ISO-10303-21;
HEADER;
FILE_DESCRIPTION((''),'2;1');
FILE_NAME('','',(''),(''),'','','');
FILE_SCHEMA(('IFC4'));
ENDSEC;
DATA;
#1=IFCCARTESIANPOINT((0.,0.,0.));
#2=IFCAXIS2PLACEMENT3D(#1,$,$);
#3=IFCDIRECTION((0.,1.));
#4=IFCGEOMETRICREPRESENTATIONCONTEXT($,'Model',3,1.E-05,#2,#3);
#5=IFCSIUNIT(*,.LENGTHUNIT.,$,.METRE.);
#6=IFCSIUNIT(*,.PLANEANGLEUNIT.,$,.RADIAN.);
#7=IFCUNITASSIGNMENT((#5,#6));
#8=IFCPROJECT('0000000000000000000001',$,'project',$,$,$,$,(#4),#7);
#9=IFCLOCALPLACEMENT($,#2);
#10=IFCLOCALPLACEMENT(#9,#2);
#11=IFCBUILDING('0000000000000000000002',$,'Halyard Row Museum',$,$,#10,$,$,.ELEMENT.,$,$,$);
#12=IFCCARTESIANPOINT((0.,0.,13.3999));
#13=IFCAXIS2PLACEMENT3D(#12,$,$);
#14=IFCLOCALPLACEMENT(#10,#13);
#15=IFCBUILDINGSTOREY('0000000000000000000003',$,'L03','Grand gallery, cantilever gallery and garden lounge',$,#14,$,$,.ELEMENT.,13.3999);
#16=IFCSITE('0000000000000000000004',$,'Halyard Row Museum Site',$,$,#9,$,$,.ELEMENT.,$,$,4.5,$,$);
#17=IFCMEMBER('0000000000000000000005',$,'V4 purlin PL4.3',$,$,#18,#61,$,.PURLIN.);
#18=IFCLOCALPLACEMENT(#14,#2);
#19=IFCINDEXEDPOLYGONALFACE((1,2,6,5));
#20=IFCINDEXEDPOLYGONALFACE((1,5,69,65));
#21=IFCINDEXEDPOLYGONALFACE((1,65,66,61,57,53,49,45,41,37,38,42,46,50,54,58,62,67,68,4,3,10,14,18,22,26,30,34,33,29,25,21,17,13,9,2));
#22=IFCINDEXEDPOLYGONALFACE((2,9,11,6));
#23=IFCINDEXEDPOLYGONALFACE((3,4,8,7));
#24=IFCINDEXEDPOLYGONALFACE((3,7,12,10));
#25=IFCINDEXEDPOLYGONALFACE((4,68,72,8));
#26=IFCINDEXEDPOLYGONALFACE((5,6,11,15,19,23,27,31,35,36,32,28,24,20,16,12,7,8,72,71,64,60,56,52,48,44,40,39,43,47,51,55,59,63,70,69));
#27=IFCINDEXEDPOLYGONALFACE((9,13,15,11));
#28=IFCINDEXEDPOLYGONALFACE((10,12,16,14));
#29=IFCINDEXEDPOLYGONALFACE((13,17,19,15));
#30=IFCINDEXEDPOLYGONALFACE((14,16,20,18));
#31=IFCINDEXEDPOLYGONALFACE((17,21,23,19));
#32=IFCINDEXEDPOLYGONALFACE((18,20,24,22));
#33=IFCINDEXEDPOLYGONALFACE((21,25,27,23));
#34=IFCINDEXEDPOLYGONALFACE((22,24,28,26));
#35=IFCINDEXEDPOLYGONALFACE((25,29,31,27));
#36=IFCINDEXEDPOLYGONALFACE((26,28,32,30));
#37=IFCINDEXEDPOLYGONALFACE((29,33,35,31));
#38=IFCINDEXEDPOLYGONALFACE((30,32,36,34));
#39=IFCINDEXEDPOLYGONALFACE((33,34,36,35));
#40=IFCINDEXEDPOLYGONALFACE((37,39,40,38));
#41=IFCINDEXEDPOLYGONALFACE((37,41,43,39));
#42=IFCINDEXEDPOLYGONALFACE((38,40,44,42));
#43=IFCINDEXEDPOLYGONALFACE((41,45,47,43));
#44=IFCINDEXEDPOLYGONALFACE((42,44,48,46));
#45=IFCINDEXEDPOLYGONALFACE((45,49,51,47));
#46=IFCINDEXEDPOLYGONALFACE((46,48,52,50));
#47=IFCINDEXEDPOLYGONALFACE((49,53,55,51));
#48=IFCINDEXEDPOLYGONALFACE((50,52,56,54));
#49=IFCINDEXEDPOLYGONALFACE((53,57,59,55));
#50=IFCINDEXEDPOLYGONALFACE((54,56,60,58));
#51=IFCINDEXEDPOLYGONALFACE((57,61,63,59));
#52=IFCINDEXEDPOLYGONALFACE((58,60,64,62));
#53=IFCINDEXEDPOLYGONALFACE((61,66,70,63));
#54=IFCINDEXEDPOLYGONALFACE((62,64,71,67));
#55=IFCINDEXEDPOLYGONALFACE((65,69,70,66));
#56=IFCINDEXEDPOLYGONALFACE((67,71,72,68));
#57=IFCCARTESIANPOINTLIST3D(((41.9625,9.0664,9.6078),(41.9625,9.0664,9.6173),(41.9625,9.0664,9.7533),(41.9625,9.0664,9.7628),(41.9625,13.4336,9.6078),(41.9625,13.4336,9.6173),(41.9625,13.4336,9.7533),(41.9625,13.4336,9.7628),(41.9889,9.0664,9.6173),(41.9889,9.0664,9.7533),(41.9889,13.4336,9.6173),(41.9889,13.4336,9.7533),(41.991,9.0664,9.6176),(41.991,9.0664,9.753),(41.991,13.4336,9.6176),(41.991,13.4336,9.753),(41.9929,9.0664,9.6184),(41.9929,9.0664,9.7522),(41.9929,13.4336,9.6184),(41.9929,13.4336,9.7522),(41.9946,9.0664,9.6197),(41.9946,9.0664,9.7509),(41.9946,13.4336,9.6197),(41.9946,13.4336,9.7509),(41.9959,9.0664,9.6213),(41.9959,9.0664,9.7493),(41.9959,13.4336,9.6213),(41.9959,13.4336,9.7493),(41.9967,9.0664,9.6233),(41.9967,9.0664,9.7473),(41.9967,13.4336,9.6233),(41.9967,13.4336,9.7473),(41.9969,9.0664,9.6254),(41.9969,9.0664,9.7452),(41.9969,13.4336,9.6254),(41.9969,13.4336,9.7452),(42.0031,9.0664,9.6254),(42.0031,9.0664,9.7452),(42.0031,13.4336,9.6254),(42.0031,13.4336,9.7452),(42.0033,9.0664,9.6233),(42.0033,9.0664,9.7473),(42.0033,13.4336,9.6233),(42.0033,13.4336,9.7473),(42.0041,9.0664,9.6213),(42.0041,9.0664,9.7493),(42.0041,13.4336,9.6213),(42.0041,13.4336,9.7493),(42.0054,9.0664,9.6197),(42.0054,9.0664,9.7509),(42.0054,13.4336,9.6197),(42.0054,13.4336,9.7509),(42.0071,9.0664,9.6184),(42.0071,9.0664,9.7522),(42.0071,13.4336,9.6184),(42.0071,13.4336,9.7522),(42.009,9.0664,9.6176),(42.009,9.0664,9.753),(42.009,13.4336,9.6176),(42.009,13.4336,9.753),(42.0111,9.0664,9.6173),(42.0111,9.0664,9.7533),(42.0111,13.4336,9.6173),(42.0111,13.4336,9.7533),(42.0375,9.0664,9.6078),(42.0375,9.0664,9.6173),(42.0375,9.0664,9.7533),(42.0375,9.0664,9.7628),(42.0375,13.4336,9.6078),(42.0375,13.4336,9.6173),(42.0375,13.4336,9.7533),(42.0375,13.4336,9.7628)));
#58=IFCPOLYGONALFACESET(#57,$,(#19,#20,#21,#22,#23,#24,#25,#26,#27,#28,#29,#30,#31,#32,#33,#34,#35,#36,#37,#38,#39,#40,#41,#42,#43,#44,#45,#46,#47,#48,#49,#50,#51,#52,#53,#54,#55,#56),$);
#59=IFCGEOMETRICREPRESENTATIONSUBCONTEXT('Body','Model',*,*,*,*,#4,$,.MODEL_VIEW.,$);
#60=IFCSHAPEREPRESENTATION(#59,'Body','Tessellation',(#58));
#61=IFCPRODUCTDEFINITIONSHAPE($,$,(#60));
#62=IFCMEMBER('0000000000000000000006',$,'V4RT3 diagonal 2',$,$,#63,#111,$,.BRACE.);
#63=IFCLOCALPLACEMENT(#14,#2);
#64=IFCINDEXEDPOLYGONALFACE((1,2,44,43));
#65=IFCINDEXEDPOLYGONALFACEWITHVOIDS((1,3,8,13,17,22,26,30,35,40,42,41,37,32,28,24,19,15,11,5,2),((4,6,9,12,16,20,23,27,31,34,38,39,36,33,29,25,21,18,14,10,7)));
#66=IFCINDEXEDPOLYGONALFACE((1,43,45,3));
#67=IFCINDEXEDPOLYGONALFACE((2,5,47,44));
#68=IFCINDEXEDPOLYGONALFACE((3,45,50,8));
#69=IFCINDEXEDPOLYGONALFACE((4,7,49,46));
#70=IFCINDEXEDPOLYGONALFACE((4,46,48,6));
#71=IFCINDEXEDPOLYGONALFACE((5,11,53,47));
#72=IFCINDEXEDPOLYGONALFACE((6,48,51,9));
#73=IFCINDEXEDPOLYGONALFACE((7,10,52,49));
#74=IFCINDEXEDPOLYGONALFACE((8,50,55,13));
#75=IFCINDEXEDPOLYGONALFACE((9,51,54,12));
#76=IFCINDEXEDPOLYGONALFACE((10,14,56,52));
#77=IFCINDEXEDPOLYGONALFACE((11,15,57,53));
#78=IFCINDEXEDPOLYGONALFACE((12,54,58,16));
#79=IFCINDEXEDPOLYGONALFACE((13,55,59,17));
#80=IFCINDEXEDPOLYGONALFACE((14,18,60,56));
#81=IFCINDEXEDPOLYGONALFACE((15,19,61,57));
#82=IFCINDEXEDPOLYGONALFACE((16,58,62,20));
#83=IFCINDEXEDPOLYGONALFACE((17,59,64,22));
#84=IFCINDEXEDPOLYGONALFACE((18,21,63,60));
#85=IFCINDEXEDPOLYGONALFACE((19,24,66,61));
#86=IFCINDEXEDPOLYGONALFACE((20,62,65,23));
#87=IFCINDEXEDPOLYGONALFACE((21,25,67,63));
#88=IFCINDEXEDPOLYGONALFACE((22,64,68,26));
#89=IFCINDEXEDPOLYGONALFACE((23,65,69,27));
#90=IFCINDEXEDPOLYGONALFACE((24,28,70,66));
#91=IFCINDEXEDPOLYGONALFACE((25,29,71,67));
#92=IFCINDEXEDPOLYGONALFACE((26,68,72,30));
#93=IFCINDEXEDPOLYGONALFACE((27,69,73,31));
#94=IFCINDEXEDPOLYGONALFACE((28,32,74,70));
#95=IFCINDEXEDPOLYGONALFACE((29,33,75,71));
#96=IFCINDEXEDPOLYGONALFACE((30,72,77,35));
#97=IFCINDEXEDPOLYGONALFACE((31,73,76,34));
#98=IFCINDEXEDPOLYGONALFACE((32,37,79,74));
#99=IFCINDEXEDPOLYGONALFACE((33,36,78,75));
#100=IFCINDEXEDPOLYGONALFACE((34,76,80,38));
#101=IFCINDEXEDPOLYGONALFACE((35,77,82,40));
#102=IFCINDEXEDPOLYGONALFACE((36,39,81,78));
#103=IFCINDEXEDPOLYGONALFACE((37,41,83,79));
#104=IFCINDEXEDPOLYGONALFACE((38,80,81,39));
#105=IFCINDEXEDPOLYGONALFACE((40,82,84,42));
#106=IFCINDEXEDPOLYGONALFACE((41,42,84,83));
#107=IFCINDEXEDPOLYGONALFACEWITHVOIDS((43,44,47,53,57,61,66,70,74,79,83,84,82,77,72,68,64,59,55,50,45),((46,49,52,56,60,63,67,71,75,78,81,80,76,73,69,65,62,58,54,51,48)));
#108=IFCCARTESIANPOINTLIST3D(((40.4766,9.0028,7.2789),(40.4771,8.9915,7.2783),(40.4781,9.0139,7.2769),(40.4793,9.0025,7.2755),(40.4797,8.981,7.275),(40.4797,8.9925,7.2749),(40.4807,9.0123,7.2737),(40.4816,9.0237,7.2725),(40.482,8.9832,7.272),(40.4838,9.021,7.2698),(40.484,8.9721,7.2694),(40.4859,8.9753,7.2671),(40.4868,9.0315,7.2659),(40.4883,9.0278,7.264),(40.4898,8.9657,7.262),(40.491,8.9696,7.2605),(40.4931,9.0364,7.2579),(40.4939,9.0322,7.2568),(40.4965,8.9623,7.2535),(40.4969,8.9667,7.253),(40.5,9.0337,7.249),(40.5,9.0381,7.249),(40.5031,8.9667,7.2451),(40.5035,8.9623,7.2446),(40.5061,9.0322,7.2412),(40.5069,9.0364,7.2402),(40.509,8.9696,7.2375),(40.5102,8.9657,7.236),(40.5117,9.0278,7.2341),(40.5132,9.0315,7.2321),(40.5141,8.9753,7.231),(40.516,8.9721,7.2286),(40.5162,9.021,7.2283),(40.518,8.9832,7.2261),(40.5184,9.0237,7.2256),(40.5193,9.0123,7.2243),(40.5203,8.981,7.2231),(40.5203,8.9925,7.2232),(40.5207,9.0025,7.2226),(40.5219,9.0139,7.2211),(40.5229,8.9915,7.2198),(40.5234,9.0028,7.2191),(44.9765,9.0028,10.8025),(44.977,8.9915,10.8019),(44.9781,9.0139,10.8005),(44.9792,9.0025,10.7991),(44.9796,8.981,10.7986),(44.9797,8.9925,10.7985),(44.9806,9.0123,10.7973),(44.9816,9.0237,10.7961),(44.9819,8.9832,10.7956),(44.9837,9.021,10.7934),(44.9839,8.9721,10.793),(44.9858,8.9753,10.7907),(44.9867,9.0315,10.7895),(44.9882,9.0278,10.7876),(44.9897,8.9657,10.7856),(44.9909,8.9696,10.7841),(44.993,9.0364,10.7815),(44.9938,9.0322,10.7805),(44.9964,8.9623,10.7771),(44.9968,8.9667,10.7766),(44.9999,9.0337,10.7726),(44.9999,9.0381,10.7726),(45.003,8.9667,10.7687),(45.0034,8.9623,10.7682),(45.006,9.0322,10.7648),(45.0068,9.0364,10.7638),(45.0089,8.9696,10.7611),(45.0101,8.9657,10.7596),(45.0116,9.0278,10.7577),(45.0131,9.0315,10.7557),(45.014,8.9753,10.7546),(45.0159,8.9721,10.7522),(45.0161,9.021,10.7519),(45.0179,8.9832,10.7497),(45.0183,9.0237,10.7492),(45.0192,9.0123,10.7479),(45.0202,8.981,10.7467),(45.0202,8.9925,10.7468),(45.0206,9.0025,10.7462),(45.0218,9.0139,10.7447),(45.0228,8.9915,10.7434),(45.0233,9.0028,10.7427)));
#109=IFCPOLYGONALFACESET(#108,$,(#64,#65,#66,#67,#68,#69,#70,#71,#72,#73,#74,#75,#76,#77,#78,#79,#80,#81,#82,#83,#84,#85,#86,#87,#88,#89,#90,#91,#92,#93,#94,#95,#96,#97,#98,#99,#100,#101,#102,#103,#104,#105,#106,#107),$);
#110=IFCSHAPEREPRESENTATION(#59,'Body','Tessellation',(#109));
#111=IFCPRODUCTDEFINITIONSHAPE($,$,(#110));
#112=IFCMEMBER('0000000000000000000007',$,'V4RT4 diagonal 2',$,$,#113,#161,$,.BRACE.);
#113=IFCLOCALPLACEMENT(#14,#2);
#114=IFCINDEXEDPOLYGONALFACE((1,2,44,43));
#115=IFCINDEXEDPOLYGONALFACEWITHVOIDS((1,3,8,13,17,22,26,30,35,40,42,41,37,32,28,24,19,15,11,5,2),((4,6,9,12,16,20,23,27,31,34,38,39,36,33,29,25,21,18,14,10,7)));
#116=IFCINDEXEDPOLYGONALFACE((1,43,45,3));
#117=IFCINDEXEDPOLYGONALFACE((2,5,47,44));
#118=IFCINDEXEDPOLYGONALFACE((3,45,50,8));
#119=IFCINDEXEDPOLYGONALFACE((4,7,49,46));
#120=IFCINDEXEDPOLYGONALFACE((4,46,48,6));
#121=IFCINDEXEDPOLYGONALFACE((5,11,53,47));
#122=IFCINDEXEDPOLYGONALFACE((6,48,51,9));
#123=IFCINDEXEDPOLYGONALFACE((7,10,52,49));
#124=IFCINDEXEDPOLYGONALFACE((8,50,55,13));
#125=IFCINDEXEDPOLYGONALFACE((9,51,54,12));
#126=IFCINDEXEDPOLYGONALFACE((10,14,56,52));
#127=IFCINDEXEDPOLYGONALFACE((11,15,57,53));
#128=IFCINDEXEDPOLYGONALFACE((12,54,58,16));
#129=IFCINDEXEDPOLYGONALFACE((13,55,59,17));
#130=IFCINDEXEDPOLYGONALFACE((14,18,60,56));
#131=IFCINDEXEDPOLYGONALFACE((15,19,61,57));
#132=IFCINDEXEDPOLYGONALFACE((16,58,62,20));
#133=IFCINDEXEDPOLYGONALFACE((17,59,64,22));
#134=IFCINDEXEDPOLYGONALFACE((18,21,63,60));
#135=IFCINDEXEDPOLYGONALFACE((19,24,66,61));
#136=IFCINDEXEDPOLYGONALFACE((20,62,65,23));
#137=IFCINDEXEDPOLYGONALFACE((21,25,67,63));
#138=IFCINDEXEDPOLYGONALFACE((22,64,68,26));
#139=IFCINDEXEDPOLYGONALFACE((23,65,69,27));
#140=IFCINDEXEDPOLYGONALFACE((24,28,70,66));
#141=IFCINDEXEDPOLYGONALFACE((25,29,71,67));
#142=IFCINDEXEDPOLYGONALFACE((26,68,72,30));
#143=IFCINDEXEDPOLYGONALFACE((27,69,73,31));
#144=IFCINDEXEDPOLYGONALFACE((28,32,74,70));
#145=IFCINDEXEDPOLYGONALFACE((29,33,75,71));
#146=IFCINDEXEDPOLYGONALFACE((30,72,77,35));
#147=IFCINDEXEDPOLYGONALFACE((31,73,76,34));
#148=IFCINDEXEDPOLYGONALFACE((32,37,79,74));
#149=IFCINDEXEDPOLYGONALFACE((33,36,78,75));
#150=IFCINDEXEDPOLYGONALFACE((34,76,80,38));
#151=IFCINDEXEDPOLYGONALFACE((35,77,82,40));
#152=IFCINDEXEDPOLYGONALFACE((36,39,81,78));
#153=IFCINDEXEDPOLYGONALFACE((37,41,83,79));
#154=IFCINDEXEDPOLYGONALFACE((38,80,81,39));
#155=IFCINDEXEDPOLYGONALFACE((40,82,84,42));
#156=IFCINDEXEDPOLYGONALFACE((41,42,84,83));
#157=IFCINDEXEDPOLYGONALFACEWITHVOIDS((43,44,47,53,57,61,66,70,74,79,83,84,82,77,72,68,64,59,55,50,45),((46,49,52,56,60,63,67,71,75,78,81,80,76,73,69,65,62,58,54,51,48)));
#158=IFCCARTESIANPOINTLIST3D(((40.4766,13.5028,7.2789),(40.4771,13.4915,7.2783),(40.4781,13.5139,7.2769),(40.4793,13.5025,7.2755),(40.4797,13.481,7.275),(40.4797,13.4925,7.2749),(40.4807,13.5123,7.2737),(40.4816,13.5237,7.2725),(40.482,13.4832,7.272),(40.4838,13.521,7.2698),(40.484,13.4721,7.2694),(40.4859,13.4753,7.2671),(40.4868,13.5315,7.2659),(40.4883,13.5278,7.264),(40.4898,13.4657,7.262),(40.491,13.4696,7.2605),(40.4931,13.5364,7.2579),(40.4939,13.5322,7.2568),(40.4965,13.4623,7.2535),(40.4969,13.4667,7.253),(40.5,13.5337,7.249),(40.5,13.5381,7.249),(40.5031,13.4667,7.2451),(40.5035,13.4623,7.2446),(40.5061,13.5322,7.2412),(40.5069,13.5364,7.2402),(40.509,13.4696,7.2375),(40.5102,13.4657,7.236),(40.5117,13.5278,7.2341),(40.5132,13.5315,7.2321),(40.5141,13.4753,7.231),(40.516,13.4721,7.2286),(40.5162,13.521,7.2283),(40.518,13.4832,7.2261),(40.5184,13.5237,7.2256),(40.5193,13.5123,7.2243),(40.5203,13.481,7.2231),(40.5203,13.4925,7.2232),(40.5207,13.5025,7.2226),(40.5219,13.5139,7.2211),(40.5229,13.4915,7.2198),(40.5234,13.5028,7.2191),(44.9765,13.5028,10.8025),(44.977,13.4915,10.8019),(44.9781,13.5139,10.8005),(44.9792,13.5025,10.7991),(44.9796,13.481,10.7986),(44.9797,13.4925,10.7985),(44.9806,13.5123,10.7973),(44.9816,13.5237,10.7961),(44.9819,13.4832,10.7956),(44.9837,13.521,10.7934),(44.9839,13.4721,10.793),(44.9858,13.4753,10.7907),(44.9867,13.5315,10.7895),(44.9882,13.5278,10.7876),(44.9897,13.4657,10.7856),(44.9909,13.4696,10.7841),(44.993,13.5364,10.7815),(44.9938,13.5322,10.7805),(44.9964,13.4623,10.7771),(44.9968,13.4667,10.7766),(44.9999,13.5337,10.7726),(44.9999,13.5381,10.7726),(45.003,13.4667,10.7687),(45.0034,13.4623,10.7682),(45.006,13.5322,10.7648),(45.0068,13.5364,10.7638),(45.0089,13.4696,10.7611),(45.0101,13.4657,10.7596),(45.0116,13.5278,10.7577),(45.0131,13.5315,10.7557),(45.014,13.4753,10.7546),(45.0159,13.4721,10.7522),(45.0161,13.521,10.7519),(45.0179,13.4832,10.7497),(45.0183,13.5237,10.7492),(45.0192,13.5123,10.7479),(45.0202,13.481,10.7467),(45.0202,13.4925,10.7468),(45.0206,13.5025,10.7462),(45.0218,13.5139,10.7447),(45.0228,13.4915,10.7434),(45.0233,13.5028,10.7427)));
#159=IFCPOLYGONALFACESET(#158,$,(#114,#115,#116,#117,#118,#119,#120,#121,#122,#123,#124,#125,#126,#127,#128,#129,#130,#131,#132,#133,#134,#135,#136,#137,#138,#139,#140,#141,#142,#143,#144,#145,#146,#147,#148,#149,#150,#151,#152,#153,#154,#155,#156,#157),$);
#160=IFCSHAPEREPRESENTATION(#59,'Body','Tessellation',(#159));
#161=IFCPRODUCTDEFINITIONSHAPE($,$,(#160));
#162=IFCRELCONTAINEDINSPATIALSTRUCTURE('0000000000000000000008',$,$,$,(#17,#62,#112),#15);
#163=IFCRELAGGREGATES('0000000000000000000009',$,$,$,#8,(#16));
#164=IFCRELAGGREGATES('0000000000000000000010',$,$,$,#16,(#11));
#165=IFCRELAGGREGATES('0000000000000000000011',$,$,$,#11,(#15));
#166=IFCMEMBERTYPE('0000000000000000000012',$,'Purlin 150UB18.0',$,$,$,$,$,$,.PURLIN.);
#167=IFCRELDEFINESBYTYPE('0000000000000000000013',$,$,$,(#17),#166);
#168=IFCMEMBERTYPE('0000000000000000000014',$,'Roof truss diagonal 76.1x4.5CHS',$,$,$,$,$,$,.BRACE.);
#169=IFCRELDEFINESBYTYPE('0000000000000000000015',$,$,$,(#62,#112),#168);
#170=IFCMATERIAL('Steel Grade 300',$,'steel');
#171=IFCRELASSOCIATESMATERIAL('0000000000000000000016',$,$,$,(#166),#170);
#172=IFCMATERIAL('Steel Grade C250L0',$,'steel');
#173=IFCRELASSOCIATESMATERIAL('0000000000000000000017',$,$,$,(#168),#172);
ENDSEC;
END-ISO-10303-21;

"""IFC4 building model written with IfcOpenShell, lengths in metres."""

from ifc_helpers import new_model, si_unit, direction, frame, origin, origin_2d, place, context, subcontext, project, spatial, hollow_circle, i_section, extrude, material, material_profile, profile_set, type_object, element, save


model = new_model("IFC4")

# Units and contexts
model_context = context("Model", 3, precision=1e-05, world=origin(), true_north=direction((0.0, 1.0)))
body_context = subcontext(model_context, "Body", "Model", "MODEL_VIEW")
ifc_project = project(units=[si_unit("LENGTHUNIT", "METRE"), si_unit("PLANEANGLEUNIT", "RADIAN")], contexts=[model_context])

# Site, building, storey
site_placement = place(None, origin())
site = spatial("IfcSite", under=ifc_project, at=site_placement, Name="Halyard Row Museum Site", CompositionType="ELEMENT", RefElevation=4.5)
building_placement = place(site_placement, origin())
building = spatial("IfcBuilding", under=site, at=building_placement, Name="Halyard Row Museum", CompositionType="ELEMENT")
storey_placement = place(building_placement, frame((0.0, 0.0, 13.3999)))
storey = spatial("IfcBuildingStorey", under=building, at=storey_placement, Name="L03", Description="Grand gallery, cantilever gallery and garden lounge", CompositionType="ELEMENT", Elevation=13.3999)

# Members
ifc_material_1 = material(Name="Steel Grade 300", Category="steel")
ifc_material_profile_1 = material_profile(ifc_material_1, i_section(OverallWidth=0.075, OverallDepth=0.155, WebThickness=0.0061, FlangeThickness=0.0095, FilletRadius=0.0081, at=origin_2d()), Name="150UB18.0")
ifc_profile_set_1 = profile_set([ifc_material_profile_1], Name="Steel Grade 300")
member_type_1 = type_object("IfcMemberType", Name="Purlin 150UB18.0", PredefinedType="PURLIN", material=ifc_profile_set_1)
for number, where, z_axis, x_axis, name in (
    (1, (42.0, 9.0664, 9.6853), (0.0, 1.0, 0.0), (-1.0, 0.0, 0.0), "V4 purlin PL4.3"),
):
    element("IfcMember", number, at=place(storey_placement, frame(where, z_axis=z_axis, x_axis=x_axis)), inside=storey, type_object=member_type_1, Name=name, PredefinedType="PURLIN", context=body_context, shape_type="SweptSolid", body=[
        extrude(i_section(OverallWidth=0.075, OverallDepth=0.155, WebThickness=0.0061, FlangeThickness=0.0095, FilletRadius=0.0081, at=origin_2d()), origin(), (0.0, 0.0, 1.0), 4.3672),
    ])
ifc_material_2 = material(Name="Steel Grade C250L0", Category="steel")
ifc_material_profile_2 = material_profile(ifc_material_2, hollow_circle(Radius=0.0381, WallThickness=0.0044, at=origin_2d()), Name="76.1x4.5CHS")
ifc_profile_set_2 = profile_set([ifc_material_profile_2], Name="Steel Grade C250L0")
member_type_2 = type_object("IfcMemberType", Name="Roof truss diagonal 76.1x4.5CHS", PredefinedType="BRACE", material=ifc_profile_set_2)
for number, where, z_axis, x_axis, name in (
    (2, (40.5, 9.0, 7.249), (0.78734, 0.0, 0.616519), (0.0, 1.0, 0.0), "V4RT3 diagonal 2"),
    (3, (40.5, 13.5, 7.249), (0.78734, 0.0, 0.616519), (0.0, 1.0, 0.0), "V4RT4 diagonal 2"),
):
    element("IfcMember", number, at=place(storey_placement, frame(where, z_axis=z_axis, x_axis=x_axis)), inside=storey, type_object=member_type_2, Name=name, PredefinedType="BRACE", context=body_context, shape_type="SweptSolid", body=[
        extrude(hollow_circle(Radius=0.0381, WallThickness=0.0044, at=origin_2d()), origin(), (0.0, 0.0, 1.0), 5.7153),
    ])

save(model, "model.ifc")
